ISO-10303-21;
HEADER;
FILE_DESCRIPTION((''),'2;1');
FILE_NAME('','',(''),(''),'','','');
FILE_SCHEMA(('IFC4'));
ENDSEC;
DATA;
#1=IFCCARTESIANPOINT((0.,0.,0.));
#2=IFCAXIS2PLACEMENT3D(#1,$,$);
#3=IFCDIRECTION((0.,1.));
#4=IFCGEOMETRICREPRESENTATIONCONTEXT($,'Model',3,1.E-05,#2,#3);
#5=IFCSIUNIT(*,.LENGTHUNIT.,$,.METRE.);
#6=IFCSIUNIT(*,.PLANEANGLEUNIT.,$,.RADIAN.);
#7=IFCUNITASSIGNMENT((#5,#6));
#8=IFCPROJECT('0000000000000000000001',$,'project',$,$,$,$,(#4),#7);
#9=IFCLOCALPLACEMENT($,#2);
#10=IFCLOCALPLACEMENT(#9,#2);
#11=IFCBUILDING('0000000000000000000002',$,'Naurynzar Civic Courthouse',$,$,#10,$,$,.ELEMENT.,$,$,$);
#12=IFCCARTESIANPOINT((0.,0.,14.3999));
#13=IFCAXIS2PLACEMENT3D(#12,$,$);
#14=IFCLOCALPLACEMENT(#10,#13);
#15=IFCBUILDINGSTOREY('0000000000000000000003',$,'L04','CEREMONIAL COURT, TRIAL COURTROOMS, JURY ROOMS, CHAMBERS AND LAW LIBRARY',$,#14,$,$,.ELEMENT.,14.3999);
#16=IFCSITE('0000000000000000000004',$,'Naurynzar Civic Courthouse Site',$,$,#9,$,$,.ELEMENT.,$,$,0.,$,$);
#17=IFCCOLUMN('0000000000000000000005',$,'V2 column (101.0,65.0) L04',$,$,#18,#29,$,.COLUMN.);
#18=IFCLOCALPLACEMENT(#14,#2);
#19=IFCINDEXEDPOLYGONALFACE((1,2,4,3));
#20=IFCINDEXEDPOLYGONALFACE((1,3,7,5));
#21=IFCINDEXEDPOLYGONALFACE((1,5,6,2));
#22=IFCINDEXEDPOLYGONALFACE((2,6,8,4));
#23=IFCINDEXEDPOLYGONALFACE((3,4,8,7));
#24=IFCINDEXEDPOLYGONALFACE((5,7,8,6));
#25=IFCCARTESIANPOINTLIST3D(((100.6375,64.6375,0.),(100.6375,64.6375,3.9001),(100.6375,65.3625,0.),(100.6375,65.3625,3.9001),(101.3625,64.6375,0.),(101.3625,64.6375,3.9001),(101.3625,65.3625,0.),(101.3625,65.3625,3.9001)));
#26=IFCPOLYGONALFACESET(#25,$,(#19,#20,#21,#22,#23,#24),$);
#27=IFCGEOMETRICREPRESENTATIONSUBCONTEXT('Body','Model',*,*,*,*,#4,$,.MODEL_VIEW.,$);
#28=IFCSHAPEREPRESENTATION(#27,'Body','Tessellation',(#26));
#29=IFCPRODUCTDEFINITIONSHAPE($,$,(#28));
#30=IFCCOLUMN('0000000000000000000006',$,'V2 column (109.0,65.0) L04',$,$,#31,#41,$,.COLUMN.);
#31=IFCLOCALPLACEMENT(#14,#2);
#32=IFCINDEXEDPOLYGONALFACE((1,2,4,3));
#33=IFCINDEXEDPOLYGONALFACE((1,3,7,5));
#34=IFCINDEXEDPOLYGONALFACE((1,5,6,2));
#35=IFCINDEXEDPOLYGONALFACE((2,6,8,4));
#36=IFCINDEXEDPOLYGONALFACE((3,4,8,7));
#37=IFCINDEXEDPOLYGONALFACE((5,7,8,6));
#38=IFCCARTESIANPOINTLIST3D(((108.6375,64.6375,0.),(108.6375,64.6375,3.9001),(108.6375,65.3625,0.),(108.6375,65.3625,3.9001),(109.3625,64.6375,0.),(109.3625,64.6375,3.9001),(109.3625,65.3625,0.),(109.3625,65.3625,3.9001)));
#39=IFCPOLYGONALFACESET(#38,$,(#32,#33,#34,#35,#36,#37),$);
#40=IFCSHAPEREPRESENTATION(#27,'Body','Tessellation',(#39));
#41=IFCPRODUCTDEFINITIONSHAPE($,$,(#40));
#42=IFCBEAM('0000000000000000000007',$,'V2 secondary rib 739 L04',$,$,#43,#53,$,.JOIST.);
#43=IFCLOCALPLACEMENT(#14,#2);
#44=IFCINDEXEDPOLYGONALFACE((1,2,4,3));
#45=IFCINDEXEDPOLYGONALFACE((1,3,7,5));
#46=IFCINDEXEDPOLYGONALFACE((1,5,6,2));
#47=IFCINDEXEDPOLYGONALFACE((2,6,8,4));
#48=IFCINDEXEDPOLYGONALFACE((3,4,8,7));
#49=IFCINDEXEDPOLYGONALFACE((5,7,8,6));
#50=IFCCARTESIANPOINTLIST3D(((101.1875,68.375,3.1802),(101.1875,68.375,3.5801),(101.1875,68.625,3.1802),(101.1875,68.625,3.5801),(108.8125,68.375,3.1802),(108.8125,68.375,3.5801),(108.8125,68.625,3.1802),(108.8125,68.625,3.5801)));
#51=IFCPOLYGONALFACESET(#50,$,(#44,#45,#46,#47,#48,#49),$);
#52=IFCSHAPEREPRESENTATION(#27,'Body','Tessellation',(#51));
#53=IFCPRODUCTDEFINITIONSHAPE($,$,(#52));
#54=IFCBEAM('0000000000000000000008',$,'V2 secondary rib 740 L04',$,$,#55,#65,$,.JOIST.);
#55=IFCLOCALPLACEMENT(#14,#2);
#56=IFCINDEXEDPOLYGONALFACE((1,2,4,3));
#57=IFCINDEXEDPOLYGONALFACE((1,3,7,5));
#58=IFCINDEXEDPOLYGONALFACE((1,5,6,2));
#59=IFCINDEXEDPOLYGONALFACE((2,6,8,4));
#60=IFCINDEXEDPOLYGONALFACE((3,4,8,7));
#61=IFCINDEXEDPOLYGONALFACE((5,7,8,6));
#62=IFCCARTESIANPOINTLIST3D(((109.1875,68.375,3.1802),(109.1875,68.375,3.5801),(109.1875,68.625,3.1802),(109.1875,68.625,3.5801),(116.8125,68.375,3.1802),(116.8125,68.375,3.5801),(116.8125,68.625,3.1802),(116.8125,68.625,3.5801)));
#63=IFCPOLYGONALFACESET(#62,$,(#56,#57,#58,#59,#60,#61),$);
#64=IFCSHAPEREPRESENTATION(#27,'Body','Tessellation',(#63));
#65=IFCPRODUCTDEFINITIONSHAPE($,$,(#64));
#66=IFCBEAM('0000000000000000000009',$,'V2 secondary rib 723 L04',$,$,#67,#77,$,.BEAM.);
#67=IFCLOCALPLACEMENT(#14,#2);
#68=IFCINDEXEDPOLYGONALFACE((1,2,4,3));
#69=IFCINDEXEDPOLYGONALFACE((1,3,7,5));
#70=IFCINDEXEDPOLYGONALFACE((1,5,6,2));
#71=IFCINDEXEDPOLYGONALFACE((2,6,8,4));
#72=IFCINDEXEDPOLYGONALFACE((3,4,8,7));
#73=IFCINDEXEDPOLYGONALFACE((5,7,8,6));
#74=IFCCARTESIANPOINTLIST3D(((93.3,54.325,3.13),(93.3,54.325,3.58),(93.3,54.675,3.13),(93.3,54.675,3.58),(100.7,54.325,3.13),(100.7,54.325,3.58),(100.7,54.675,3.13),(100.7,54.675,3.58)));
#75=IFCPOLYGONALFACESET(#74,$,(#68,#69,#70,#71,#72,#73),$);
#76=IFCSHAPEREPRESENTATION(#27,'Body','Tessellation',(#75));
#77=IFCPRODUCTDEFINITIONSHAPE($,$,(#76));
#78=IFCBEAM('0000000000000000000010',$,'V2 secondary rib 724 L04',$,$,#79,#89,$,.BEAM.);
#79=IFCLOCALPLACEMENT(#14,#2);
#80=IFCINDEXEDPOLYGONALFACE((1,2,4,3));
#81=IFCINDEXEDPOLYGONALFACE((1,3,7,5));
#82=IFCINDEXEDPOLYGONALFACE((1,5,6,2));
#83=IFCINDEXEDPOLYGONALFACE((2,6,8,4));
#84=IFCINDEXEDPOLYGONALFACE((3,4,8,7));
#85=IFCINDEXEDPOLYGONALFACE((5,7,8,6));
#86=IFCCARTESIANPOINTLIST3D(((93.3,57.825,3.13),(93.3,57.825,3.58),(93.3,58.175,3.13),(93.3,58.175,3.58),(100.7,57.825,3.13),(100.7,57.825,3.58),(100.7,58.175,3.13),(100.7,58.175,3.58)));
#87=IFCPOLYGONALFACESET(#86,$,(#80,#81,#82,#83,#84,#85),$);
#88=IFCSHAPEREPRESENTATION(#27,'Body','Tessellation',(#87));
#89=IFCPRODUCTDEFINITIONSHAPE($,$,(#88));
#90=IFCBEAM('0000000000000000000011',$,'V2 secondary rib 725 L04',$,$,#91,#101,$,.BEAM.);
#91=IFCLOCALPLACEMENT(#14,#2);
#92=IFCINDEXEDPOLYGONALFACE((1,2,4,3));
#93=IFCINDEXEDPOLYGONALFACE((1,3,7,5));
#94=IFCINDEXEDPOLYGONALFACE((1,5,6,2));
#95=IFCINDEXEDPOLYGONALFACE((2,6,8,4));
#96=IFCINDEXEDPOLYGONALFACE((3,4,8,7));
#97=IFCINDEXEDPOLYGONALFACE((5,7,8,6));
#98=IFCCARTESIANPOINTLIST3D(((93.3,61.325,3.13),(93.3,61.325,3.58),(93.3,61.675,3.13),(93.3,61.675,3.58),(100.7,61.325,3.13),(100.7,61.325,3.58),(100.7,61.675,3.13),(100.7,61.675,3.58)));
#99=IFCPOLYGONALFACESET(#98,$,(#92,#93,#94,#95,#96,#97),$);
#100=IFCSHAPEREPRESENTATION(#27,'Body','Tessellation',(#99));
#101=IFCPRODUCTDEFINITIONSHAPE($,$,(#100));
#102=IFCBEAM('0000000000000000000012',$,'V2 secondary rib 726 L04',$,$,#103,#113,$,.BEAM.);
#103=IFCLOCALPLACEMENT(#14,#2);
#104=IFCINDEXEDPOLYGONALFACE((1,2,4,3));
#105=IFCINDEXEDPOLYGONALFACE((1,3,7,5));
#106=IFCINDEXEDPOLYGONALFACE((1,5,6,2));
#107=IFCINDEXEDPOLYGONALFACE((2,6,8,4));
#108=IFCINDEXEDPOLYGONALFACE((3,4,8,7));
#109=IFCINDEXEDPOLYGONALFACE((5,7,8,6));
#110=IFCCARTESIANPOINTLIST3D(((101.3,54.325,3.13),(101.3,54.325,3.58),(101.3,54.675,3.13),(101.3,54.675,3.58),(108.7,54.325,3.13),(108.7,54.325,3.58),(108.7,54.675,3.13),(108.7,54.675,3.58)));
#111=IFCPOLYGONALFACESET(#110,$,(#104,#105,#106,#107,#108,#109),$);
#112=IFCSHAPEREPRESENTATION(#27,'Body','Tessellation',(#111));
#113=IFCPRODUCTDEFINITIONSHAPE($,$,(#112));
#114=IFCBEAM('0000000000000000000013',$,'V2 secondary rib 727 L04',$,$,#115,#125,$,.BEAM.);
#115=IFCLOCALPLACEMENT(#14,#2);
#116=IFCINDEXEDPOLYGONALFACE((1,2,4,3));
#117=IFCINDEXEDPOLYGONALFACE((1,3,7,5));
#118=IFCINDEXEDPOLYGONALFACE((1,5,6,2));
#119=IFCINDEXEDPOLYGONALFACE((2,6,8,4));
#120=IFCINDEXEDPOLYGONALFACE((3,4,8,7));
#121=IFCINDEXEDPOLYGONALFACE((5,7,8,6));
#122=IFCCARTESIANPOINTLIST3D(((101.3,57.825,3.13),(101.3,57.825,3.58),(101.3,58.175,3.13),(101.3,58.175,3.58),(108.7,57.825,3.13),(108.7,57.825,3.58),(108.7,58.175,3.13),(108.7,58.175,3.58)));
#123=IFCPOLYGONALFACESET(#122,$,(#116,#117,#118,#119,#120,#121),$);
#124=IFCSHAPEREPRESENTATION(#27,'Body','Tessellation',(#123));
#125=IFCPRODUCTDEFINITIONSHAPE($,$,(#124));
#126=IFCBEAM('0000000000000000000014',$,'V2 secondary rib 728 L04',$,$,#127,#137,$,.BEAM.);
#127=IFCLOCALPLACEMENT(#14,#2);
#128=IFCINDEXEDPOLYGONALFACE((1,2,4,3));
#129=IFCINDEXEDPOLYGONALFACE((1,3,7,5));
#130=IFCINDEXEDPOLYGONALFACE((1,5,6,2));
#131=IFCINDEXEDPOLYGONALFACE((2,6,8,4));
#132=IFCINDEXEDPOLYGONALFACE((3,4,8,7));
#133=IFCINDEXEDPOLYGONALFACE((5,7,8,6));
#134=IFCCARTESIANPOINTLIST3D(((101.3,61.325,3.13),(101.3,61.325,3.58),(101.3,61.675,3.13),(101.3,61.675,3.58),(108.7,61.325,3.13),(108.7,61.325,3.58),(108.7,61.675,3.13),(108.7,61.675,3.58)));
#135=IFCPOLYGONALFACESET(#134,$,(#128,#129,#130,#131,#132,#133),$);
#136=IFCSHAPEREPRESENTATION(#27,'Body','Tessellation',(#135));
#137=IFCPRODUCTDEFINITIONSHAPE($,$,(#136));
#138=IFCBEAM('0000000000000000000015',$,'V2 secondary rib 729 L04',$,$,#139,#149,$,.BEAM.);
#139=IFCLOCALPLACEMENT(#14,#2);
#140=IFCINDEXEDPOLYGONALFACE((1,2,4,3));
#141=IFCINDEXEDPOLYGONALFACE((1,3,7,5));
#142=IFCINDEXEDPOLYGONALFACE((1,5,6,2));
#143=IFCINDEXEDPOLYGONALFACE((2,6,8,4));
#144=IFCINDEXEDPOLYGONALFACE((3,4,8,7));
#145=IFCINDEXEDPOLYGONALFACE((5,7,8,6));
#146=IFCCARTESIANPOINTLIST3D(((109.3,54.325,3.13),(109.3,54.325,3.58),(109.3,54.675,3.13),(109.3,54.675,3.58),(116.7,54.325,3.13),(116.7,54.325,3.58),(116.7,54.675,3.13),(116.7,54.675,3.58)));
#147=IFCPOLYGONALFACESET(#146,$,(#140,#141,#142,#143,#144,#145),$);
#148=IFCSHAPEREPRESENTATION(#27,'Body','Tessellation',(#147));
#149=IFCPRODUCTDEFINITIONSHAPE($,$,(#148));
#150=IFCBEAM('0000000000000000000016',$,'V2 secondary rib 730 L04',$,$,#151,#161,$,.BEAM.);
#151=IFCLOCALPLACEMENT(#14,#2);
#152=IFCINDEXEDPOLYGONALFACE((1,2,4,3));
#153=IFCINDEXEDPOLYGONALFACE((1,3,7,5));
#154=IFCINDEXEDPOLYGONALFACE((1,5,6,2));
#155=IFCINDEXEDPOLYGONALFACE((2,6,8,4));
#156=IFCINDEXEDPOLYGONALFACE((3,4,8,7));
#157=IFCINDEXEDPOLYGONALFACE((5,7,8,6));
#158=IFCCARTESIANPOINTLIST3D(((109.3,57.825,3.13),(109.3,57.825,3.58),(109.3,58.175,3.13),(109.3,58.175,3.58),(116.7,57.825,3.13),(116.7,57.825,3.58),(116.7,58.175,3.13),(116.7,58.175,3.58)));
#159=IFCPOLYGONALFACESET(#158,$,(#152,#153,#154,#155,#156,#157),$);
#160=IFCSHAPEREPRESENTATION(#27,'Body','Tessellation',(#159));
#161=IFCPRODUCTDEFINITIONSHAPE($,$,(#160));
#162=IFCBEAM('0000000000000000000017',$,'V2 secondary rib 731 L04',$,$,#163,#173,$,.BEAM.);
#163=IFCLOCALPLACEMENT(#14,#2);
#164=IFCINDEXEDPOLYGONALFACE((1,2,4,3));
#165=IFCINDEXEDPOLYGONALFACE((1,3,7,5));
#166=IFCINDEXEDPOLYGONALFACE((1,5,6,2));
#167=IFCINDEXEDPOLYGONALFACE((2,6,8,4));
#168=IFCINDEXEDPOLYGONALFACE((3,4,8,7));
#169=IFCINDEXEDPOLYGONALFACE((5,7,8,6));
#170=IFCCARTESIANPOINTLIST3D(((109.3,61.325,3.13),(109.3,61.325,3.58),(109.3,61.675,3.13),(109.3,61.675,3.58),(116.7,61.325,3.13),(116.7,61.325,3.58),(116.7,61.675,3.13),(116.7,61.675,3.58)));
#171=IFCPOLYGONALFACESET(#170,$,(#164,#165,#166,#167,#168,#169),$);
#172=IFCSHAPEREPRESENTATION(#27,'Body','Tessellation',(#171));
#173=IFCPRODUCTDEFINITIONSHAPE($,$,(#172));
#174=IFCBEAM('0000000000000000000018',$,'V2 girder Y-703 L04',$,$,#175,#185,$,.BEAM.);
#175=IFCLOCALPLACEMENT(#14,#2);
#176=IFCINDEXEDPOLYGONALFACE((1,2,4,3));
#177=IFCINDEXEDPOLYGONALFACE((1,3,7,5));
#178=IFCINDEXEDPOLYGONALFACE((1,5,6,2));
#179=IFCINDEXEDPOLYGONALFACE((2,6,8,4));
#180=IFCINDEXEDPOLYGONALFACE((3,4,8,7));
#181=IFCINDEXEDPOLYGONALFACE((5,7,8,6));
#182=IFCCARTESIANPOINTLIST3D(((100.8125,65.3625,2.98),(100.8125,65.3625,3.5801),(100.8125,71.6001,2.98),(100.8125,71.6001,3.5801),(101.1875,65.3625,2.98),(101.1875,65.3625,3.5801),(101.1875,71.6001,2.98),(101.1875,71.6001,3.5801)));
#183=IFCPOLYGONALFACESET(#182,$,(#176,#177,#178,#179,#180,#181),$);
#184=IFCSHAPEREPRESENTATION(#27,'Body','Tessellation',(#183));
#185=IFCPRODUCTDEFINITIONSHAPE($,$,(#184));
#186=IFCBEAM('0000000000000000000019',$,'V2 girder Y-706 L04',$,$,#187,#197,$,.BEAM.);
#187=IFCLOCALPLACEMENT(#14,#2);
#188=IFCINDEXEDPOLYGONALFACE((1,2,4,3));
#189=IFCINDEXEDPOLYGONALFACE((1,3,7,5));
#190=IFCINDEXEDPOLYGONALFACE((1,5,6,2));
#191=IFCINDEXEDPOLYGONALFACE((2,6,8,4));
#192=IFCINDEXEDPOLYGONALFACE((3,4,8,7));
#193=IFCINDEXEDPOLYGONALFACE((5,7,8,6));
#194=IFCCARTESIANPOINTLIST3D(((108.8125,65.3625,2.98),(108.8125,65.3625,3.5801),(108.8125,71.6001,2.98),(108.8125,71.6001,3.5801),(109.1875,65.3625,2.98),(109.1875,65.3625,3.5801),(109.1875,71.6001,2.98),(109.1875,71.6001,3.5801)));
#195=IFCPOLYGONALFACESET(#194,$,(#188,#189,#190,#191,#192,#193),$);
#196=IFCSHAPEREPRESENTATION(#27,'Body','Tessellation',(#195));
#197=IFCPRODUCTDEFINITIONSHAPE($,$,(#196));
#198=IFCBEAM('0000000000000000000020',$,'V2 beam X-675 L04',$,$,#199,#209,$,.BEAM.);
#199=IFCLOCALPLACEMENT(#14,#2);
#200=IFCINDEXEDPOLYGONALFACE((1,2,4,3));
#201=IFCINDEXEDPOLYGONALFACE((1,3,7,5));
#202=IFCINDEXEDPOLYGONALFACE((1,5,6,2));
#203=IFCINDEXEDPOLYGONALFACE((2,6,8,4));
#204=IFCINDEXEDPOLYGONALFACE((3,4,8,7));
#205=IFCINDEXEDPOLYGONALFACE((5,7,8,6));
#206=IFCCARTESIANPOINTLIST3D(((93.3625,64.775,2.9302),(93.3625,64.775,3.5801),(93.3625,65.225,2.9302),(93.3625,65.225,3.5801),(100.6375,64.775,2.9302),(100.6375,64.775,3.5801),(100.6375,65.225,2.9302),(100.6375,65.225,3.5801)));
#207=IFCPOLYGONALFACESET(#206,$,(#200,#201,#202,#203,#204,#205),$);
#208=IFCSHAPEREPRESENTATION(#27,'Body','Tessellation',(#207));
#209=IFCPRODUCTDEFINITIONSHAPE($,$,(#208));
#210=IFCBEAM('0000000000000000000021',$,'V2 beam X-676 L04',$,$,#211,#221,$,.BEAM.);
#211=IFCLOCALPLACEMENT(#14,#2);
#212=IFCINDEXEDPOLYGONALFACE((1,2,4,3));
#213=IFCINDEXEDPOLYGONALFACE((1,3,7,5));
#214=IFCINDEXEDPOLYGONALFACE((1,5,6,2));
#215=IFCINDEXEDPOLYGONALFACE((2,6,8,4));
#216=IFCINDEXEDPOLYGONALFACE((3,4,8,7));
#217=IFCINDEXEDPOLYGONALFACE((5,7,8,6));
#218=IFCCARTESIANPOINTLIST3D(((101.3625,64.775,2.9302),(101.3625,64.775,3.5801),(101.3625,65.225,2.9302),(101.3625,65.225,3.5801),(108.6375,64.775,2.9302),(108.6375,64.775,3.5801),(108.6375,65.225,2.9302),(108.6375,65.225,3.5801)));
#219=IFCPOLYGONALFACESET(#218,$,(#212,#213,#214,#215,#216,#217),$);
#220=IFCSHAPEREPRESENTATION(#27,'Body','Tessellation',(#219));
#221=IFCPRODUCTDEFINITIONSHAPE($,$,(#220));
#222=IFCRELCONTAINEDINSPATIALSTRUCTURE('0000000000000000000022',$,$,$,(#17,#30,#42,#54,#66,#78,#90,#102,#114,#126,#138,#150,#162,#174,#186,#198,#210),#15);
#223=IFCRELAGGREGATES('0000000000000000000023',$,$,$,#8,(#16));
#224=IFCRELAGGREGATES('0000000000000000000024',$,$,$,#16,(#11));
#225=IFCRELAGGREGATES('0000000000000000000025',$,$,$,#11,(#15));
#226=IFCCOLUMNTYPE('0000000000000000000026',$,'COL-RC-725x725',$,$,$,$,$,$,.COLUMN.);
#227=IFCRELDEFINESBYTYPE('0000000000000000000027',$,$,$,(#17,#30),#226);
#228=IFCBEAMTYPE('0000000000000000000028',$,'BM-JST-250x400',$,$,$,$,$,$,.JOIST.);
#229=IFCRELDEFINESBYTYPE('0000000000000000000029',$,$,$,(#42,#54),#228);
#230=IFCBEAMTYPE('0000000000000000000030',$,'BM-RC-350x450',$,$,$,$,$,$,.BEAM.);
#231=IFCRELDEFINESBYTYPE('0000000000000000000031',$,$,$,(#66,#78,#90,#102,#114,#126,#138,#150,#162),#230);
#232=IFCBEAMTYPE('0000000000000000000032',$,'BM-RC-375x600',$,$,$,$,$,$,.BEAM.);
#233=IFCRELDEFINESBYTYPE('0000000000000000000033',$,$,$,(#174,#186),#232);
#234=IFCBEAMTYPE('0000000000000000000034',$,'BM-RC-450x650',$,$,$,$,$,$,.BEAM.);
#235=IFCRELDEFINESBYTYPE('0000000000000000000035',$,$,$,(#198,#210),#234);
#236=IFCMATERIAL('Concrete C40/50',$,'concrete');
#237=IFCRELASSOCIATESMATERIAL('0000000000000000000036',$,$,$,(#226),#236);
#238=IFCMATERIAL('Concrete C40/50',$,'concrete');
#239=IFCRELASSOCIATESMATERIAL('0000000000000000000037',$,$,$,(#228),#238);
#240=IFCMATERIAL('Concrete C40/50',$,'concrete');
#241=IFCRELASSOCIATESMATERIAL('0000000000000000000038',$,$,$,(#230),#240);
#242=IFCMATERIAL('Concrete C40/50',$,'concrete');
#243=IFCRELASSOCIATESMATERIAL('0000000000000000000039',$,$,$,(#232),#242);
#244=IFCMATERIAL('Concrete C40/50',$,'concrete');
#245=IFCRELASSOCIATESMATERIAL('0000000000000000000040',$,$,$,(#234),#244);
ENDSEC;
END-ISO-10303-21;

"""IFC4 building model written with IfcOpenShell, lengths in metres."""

from ifc_helpers import new_model, si_unit, direction, frame, origin, origin_2d, place, context, subcontext, project, spatial, rectangle, extrude, material, material_profile, profile_set, type_object, element, save


model = new_model("IFC4")

# Units and contexts
model_context = context("Model", 3, precision=1e-05, world=origin(), true_north=direction((0.0, 1.0)))
body_context = subcontext(model_context, "Body", "Model", "MODEL_VIEW")
ifc_project = project(units=[si_unit("LENGTHUNIT", "METRE"), si_unit("PLANEANGLEUNIT", "RADIAN")], contexts=[model_context])

# Site, building, storey
site_placement = place(None, origin())
site = spatial("IfcSite", under=ifc_project, at=site_placement, Name="Naurynzar Civic Courthouse Site", CompositionType="ELEMENT", RefElevation=0.0)
building_placement = place(site_placement, origin())
building = spatial("IfcBuilding", under=site, at=building_placement, Name="Naurynzar Civic Courthouse", CompositionType="ELEMENT")
storey_placement = place(building_placement, frame((0.0, 0.0, 14.3999)))
storey = spatial("IfcBuildingStorey", under=building, at=storey_placement, Name="L04", Description="CEREMONIAL COURT, TRIAL COURTROOMS, JURY ROOMS, CHAMBERS AND LAW LIBRARY", CompositionType="ELEMENT", Elevation=14.3999)

# Columns
ifc_material_1 = material(Name="Concrete C40/50", Category="concrete")
ifc_material_profile_1 = material_profile(ifc_material_1, rectangle(XDim=0.7251, YDim=0.7251, at=origin_2d()), Name="RC 725x725")
ifc_profile_set_1 = profile_set([ifc_material_profile_1], Name="Concrete C40/50")
column_type = type_object("IfcColumnType", Name="COL-RC-725x725", PredefinedType="COLUMN", material=ifc_profile_set_1)
for number, where, z_axis, x_axis, name in (
    (1, (101.0, 65.0, 0.0), (0.0, 0.0, 1.0), (1.0, 0.0, 0.0), "V2 column (101.0,65.0) L04"),
    (2, (109.0, 65.0, 0.0), (0.0, 0.0, 1.0), (1.0, 0.0, 0.0), "V2 column (109.0,65.0) L04"),
):
    element("IfcColumn", number, at=place(storey_placement, frame(where, z_axis=z_axis, x_axis=x_axis)), inside=storey, type_object=column_type, Name=name, PredefinedType="COLUMN", context=body_context, shape_type="SweptSolid", body=[
        extrude(rectangle(XDim=0.7251, YDim=0.7251, at=origin_2d()), origin(), (0.0, 0.0, 1.0), 3.9001),
    ])

# Beams
ifc_material_2 = material(Name="Concrete C40/50", Category="concrete")
ifc_material_profile_2 = material_profile(ifc_material_2, rectangle(XDim=0.25, YDim=0.3999, at=origin_2d()), Name="RCB 250x400")
ifc_profile_set_2 = profile_set([ifc_material_profile_2], Name="Concrete C40/50")
beam_type_1 = type_object("IfcBeamType", Name="BM-JST-250x400", PredefinedType="JOIST", material=ifc_profile_set_2)
for number, where, z_axis, x_axis, name in (
    (3, (101.1875, 68.5, 3.3801), (1.0, 0.0, 0.0), (0.0, 1.0, 0.0), "V2 secondary rib 739 L04"),
    (4, (109.1875, 68.5, 3.3801), (1.0, 0.0, 0.0), (0.0, 1.0, 0.0), "V2 secondary rib 740 L04"),
):
    element("IfcBeam", number, at=place(storey_placement, frame(where, z_axis=z_axis, x_axis=x_axis)), inside=storey, type_object=beam_type_1, Name=name, PredefinedType="JOIST", context=body_context, shape_type="SweptSolid", body=[
        extrude(rectangle(XDim=0.25, YDim=0.3999, at=origin_2d()), origin(), (0.0, 0.0, 1.0), 7.625),
    ])
ifc_material_3 = material(Name="Concrete C40/50", Category="concrete")
ifc_material_profile_3 = material_profile(ifc_material_3, rectangle(XDim=0.3501, YDim=0.45, at=origin_2d()), Name="RCB 350x450")
ifc_profile_set_3 = profile_set([ifc_material_profile_3], Name="Concrete C40/50")
beam_type_2 = type_object("IfcBeamType", Name="BM-RC-350x450", PredefinedType="BEAM", material=ifc_profile_set_3)
for number, where, z_axis, x_axis, name in (
    (5, (93.3, 54.5, 3.355), (1.0, 0.0, 0.0), (0.0, 1.0, 0.0), "V2 secondary rib 723 L04"),
    (6, (93.3, 58.0, 3.355), (1.0, 0.0, 0.0), (0.0, 1.0, 0.0), "V2 secondary rib 724 L04"),
    (7, (93.3, 61.5, 3.355), (1.0, 0.0, 0.0), (0.0, 1.0, 0.0), "V2 secondary rib 725 L04"),
    (8, (101.3, 54.5, 3.355), (1.0, 0.0, 0.0), (0.0, 1.0, 0.0), "V2 secondary rib 726 L04"),
    (9, (101.3, 58.0, 3.355), (1.0, 0.0, 0.0), (0.0, 1.0, 0.0), "V2 secondary rib 727 L04"),
    (10, (101.3, 61.5, 3.355), (1.0, 0.0, 0.0), (0.0, 1.0, 0.0), "V2 secondary rib 728 L04"),
    (11, (109.3, 54.5, 3.355), (1.0, 0.0, 0.0), (0.0, 1.0, 0.0), "V2 secondary rib 729 L04"),
    (12, (109.3, 58.0, 3.355), (1.0, 0.0, 0.0), (0.0, 1.0, 0.0), "V2 secondary rib 730 L04"),
    (13, (109.3, 61.5, 3.355), (1.0, 0.0, 0.0), (0.0, 1.0, 0.0), "V2 secondary rib 731 L04"),
):
    element("IfcBeam", number, at=place(storey_placement, frame(where, z_axis=z_axis, x_axis=x_axis)), inside=storey, type_object=beam_type_2, Name=name, PredefinedType="BEAM", context=body_context, shape_type="SweptSolid", body=[
        extrude(rectangle(XDim=0.3501, YDim=0.45, at=origin_2d()), origin(), (0.0, 0.0, 1.0), 7.3999),
    ])
ifc_material_4 = material(Name="Concrete C40/50", Category="concrete")
ifc_material_profile_4 = material_profile(ifc_material_4, rectangle(XDim=0.375, YDim=0.6001, at=origin_2d()), Name="RCB 375x600")
ifc_profile_set_4 = profile_set([ifc_material_profile_4], Name="Concrete C40/50")
beam_type_3 = type_object("IfcBeamType", Name="BM-RC-375x600", PredefinedType="BEAM", material=ifc_profile_set_4)
for number, where, z_axis, x_axis, name in (
    (14, (101.0, 65.3625, 3.28), (0.0, 1.0, 0.0), (-1.0, 0.0, 0.0), "V2 girder Y-703 L04"),
    (15, (109.0, 65.3625, 3.28), (0.0, 1.0, 0.0), (-1.0, 0.0, 0.0), "V2 girder Y-706 L04"),
):
    element("IfcBeam", number, at=place(storey_placement, frame(where, z_axis=z_axis, x_axis=x_axis)), inside=storey, type_object=beam_type_3, Name=name, PredefinedType="BEAM", context=body_context, shape_type="SweptSolid", body=[
        extrude(rectangle(XDim=0.375, YDim=0.6001, at=origin_2d()), origin(), (0.0, 0.0, 1.0), 6.2375),
    ])
ifc_material_5 = material(Name="Concrete C40/50", Category="concrete")
ifc_material_profile_5 = material_profile(ifc_material_5, rectangle(XDim=0.45, YDim=0.6499, at=origin_2d()), Name="RCB 450x650")
ifc_profile_set_5 = profile_set([ifc_material_profile_5], Name="Concrete C40/50")
beam_type_4 = type_object("IfcBeamType", Name="BM-RC-450x650", PredefinedType="BEAM", material=ifc_profile_set_5)
for number, where, z_axis, x_axis, name in (
    (16, (93.3625, 65.0, 3.2551), (1.0, 0.0, 0.0), (0.0, 1.0, 0.0), "V2 beam X-675 L04"),
    (17, (101.3625, 65.0, 3.2551), (1.0, 0.0, 0.0), (0.0, 1.0, 0.0), "V2 beam X-676 L04"),
):
    element("IfcBeam", number, at=place(storey_placement, frame(where, z_axis=z_axis, x_axis=x_axis)), inside=storey, type_object=beam_type_4, Name=name, PredefinedType="BEAM", context=body_context, shape_type="SweptSolid", body=[
        extrude(rectangle(XDim=0.45, YDim=0.6499, at=origin_2d()), origin(), (0.0, 0.0, 1.0), 7.2749),
    ])

save(model, "model.ifc")
